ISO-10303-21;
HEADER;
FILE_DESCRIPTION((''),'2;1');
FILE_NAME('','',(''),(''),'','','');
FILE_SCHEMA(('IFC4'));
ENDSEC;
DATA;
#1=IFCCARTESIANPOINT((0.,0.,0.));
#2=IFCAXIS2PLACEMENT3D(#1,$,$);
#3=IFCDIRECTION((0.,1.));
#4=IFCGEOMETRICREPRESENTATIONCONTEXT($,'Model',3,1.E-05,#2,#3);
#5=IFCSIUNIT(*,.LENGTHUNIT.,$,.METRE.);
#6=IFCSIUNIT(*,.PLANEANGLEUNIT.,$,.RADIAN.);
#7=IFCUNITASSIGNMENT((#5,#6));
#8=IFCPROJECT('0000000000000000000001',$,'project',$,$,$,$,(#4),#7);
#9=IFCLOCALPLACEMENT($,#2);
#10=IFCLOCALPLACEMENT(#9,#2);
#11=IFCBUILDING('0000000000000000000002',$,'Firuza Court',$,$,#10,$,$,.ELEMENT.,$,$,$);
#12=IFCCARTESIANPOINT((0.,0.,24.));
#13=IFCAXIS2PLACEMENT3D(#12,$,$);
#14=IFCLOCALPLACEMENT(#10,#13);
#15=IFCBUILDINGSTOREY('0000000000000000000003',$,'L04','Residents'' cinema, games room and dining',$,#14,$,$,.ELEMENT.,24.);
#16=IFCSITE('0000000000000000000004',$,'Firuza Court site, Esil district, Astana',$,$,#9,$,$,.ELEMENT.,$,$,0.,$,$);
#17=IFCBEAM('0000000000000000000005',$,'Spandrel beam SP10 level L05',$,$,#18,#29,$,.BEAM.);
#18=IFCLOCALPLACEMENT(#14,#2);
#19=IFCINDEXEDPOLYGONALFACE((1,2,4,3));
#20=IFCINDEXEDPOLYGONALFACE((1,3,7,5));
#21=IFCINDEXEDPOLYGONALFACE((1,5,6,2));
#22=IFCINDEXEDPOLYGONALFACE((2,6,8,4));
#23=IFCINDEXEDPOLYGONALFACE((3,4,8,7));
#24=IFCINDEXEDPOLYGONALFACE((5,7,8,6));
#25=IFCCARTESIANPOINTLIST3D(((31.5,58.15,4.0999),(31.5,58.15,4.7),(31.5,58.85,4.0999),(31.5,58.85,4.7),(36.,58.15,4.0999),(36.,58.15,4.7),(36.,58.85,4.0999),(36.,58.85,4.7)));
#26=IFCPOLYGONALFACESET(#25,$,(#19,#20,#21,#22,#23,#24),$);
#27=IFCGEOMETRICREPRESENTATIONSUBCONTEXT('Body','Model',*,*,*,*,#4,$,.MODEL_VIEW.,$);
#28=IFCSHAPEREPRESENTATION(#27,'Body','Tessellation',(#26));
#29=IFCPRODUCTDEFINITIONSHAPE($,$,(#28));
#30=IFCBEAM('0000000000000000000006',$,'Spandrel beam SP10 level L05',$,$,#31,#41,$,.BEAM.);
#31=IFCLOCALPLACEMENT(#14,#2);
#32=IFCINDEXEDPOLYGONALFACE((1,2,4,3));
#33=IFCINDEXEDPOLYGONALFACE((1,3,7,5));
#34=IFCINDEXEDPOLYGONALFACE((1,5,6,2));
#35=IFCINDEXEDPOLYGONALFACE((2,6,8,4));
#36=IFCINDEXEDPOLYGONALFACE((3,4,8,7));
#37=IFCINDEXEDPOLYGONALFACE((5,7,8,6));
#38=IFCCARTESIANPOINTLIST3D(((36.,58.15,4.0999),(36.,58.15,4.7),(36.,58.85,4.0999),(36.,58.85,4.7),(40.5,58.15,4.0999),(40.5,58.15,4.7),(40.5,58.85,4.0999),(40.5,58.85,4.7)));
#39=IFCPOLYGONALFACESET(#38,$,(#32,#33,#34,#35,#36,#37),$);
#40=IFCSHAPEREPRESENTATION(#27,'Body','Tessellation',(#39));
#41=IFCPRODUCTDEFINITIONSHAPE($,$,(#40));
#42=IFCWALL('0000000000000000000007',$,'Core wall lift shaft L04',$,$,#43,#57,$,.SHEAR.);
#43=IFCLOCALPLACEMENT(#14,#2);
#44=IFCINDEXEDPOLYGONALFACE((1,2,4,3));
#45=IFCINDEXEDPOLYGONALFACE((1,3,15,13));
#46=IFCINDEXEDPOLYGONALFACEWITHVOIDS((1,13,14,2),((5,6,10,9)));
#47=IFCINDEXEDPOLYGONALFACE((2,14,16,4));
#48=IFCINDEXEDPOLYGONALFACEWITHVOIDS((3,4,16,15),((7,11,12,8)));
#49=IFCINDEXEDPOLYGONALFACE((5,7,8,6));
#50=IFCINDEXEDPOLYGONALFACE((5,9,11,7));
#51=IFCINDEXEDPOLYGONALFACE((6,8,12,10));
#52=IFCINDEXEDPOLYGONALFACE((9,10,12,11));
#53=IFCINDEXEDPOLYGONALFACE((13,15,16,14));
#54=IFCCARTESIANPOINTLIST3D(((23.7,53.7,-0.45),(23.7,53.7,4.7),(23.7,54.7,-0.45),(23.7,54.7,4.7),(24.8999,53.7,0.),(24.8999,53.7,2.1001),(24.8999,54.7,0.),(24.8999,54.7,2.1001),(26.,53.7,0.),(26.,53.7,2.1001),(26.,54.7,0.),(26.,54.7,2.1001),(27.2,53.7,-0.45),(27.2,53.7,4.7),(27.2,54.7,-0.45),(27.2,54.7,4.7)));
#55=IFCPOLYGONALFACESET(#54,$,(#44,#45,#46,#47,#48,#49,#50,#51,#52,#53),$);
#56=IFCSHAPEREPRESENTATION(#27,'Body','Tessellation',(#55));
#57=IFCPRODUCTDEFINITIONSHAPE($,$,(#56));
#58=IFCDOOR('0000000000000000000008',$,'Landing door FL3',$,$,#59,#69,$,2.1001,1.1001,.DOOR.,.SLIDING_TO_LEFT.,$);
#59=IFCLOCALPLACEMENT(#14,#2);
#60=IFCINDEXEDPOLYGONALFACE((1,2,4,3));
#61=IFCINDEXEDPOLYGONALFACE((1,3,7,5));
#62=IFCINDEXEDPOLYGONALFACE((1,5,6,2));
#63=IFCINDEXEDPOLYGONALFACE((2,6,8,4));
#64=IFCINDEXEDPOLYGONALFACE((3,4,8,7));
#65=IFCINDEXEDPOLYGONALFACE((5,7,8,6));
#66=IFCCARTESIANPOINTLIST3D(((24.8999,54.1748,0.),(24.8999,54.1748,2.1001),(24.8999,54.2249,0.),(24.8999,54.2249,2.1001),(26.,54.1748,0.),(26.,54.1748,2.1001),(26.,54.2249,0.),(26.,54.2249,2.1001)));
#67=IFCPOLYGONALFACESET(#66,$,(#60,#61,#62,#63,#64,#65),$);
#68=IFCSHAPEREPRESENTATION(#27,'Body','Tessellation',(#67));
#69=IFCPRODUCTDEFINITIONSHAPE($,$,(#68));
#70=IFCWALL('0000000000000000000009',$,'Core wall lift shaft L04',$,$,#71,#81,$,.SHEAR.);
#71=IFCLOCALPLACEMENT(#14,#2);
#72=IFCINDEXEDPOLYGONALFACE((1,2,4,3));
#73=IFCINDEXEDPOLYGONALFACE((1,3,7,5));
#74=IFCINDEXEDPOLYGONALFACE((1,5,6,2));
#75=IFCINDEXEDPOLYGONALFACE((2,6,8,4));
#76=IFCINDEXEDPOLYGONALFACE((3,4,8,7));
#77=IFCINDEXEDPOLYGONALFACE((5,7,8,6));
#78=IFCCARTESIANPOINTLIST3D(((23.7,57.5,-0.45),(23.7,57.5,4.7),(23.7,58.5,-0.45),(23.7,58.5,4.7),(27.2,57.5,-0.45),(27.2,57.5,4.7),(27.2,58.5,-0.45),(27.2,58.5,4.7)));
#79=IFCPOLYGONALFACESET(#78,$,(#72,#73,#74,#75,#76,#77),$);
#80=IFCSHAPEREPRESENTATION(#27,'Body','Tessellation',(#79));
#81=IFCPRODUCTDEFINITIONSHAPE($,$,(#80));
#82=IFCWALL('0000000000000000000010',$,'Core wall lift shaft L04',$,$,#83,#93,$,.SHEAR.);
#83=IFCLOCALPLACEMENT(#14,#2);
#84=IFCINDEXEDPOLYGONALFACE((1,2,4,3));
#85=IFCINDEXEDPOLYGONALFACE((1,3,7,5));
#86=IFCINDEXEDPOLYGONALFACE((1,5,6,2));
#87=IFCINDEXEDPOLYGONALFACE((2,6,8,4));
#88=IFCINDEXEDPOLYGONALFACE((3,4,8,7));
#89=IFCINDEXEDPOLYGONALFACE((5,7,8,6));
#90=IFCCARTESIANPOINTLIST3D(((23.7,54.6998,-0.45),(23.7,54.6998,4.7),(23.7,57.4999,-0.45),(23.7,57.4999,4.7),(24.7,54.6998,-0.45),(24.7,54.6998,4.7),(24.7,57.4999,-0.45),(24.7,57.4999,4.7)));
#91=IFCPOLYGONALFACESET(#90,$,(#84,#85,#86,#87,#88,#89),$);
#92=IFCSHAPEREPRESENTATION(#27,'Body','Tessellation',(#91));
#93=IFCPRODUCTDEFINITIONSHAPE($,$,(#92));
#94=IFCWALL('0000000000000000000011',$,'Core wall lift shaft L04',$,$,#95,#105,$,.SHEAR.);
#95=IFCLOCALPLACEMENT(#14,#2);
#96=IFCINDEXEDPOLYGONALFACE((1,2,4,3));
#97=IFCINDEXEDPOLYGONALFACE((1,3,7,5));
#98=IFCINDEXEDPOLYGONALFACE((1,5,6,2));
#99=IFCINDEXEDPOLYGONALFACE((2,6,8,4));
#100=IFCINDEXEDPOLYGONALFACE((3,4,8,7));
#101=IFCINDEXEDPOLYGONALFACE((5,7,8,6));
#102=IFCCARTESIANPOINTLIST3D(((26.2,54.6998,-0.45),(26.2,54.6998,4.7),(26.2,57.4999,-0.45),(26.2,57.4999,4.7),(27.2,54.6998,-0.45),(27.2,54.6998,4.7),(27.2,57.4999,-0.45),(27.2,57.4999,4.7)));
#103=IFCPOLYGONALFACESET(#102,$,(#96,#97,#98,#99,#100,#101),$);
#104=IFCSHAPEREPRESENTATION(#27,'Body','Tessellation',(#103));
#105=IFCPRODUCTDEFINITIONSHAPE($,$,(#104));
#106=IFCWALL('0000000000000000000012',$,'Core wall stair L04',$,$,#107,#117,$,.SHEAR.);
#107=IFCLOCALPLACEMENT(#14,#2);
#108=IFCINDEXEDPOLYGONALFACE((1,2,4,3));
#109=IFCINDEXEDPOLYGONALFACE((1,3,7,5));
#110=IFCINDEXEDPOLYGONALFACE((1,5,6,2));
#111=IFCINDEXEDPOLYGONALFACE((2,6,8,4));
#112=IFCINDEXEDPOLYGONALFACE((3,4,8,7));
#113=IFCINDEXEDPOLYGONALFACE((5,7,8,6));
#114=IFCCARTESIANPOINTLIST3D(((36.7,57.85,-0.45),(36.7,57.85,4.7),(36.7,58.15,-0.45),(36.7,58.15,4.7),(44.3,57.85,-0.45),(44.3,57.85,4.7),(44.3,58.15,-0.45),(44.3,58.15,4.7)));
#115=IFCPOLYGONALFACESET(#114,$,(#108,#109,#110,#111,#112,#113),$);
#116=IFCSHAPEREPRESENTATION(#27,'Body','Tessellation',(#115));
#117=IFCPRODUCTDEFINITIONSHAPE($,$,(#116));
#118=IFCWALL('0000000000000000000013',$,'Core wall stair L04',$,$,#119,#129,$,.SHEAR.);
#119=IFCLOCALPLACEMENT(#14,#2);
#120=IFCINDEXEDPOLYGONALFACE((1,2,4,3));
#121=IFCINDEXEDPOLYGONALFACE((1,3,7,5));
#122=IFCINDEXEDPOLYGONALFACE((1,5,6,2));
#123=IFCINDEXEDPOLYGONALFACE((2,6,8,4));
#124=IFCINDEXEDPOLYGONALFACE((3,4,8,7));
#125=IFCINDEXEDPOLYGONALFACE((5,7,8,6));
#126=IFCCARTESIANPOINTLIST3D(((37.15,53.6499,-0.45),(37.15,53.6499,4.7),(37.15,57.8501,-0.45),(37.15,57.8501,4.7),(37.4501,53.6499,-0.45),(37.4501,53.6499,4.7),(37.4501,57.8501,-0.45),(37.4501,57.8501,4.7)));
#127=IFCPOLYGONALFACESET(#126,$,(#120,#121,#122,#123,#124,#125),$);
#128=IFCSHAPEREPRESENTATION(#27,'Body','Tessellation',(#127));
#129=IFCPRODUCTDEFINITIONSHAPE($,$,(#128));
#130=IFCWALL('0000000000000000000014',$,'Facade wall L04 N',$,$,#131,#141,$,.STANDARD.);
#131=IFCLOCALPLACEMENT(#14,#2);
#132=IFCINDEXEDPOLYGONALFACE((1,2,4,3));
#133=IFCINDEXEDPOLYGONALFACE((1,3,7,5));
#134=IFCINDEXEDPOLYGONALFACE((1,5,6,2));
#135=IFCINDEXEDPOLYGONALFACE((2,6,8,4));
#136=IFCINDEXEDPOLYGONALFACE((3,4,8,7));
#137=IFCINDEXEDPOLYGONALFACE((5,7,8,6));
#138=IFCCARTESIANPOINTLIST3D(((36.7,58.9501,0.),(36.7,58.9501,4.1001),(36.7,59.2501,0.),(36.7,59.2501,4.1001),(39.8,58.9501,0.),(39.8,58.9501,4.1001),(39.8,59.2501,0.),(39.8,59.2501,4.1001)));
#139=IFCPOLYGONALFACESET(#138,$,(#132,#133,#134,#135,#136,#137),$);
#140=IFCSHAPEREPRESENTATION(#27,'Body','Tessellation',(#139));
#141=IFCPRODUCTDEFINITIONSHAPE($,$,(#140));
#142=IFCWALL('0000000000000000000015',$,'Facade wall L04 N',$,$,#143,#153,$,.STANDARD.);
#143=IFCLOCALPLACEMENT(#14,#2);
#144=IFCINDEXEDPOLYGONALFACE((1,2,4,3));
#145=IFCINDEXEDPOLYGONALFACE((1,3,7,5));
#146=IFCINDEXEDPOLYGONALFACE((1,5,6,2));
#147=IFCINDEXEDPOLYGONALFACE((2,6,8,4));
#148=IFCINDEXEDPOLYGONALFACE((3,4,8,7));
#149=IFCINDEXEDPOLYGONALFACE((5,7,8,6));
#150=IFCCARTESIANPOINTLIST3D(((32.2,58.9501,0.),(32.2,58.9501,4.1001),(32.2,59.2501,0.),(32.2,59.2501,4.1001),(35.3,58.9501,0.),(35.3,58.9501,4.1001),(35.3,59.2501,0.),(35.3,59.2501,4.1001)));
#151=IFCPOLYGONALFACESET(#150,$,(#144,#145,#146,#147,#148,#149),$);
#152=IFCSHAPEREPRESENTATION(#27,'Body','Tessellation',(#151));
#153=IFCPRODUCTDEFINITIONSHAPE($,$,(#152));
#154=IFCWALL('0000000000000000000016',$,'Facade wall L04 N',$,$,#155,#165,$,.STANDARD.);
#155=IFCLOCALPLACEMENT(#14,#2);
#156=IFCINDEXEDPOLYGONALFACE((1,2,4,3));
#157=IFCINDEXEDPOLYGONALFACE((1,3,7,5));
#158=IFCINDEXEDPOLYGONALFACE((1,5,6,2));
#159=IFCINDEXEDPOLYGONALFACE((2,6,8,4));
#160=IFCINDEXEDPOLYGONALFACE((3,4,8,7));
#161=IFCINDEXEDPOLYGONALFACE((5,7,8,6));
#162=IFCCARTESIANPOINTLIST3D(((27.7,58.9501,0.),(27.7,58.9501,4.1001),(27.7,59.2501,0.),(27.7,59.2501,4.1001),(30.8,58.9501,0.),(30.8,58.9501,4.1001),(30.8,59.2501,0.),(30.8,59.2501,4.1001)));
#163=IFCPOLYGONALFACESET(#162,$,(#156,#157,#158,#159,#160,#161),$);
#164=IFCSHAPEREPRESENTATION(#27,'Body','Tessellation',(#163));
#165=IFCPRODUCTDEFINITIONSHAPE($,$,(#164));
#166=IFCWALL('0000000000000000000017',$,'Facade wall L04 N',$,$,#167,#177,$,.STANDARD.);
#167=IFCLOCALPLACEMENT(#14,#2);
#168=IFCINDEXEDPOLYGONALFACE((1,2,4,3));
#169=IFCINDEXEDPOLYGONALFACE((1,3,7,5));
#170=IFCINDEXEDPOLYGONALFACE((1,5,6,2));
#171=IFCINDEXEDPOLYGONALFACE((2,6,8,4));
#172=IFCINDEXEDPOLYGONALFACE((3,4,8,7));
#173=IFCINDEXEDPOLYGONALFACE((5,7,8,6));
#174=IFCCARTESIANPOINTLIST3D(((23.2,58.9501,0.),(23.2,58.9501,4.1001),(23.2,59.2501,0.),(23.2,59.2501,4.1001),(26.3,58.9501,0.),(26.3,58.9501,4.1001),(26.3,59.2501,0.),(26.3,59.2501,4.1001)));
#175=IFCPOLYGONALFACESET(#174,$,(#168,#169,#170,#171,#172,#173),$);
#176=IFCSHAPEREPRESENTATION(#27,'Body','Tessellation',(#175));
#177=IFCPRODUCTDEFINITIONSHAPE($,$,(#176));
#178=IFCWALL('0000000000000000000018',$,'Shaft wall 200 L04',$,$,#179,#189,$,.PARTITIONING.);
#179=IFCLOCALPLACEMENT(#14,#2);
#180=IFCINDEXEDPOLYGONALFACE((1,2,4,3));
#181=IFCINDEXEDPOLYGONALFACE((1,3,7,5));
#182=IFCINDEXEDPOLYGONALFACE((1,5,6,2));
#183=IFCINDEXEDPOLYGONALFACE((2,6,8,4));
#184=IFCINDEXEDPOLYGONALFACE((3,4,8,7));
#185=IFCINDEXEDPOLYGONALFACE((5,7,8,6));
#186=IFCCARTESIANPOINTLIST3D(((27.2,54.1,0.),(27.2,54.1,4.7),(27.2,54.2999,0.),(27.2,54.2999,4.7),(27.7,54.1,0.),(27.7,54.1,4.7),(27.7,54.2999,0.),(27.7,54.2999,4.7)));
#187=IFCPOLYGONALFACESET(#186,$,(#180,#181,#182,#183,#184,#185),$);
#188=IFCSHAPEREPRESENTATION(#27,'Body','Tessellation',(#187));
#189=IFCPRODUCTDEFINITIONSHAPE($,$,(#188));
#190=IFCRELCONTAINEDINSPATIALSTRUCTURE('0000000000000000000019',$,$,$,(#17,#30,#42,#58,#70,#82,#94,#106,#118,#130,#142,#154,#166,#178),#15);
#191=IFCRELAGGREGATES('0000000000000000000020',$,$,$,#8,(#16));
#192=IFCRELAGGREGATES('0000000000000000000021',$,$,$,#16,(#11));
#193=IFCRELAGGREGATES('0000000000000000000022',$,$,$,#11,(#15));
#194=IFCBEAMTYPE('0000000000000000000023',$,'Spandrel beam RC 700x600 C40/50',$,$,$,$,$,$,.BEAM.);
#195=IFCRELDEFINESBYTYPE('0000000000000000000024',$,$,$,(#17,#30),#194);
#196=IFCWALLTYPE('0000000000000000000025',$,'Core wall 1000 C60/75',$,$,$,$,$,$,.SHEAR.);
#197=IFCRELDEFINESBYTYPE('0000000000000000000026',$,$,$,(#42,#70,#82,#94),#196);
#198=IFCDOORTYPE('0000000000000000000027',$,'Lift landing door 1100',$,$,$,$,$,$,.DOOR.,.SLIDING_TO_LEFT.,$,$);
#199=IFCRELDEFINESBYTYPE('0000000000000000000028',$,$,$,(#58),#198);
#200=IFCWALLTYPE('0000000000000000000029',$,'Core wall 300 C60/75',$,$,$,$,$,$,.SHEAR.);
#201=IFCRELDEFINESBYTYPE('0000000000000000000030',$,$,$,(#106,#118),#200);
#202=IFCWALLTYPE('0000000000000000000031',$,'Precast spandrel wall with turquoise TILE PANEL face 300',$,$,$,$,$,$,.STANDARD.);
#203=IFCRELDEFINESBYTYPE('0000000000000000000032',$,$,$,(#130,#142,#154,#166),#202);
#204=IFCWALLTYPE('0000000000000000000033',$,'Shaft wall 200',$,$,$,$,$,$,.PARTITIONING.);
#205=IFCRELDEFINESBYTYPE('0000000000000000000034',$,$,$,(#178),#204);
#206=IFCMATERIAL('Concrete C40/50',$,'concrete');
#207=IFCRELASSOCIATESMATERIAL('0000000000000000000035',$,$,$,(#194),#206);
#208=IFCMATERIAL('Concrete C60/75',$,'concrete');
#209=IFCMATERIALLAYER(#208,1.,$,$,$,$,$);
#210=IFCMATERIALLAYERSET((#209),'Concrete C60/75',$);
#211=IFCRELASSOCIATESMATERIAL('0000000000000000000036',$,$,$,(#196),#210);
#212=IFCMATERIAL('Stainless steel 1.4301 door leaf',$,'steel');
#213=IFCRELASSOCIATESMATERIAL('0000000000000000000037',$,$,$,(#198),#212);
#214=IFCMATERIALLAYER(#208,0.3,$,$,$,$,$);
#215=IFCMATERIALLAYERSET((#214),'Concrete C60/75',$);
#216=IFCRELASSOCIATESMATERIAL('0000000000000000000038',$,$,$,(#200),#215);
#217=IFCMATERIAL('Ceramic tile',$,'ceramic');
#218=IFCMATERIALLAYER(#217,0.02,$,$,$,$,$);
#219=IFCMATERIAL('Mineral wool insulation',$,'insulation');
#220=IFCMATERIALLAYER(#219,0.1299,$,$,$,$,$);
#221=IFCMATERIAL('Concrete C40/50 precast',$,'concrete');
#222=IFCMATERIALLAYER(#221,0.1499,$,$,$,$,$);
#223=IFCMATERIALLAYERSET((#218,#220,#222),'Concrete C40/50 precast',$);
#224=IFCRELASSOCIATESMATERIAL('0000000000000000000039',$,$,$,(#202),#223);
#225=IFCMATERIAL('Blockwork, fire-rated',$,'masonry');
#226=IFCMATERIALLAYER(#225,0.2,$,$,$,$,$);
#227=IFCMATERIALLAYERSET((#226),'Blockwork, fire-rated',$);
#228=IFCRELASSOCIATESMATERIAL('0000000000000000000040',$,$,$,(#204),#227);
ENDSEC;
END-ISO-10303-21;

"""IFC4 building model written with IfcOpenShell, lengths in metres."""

from ifc_helpers import new_model, si_unit, direction, frame, frame_2d, origin, origin_2d, place, context, subcontext, project, spatial, rectangle, extrude, material, layer, layer_set, material_profile, profile_set, type_object, element, fill, save


model = new_model("IFC4")

# Units and contexts
model_context = context("Model", 3, precision=1e-05, world=origin(), true_north=direction((0.0, 1.0)))
body_context = subcontext(model_context, "Body", "Model", "MODEL_VIEW")
ifc_project = project(units=[si_unit("LENGTHUNIT", "METRE"), si_unit("PLANEANGLEUNIT", "RADIAN")], contexts=[model_context])

# Site, building, storey
site_placement = place(None, origin())
site = spatial("IfcSite", under=ifc_project, at=site_placement, Name="Firuza Court site, Esil district, Astana", CompositionType="ELEMENT", RefElevation=0.0)
building_placement = place(site_placement, origin())
building = spatial("IfcBuilding", under=site, at=building_placement, Name="Firuza Court", CompositionType="ELEMENT")
storey_placement = place(building_placement, frame((0.0, 0.0, 24.0)))
storey = spatial("IfcBuildingStorey", under=building, at=storey_placement, Name="L04", Description="Residents' cinema, games room and dining", CompositionType="ELEMENT", Elevation=24.0)

# Beams
ifc_material_1 = material(Name="Concrete C40/50", Category="concrete")
ifc_material_profile_1 = material_profile(ifc_material_1, rectangle(XDim=0.7, YDim=0.6001, at=origin_2d()), Name="RC 700x600")
ifc_profile_set_1 = profile_set([ifc_material_profile_1], Name="Concrete C40/50")
beam_type = type_object("IfcBeamType", Name="Spandrel beam RC 700x600 C40/50", PredefinedType="BEAM", material=ifc_profile_set_1)
for number, where, z_axis, x_axis, name in (
    (1, (36.0, 58.5, 4.3999), (-1.0, 0.0, 0.0), (0.0, -1.0, 0.0), "Spandrel beam SP10 level L05"),
    (2, (40.5, 58.5, 4.3999), (-1.0, 0.0, 0.0), (0.0, -1.0, 0.0), "Spandrel beam SP10 level L05"),
):
    element("IfcBeam", number, at=place(storey_placement, frame(where, z_axis=z_axis, x_axis=x_axis)), inside=storey, type_object=beam_type, Name=name, PredefinedType="BEAM", context=body_context, shape_type="SweptSolid", body=[
        extrude(rectangle(XDim=0.7, YDim=0.6001, at=origin_2d()), origin(), (0.0, 0.0, 1.0), 4.5),
    ])

# Wall, opening, door
ifc_material_2 = material(Name="Concrete C60/75", Category="concrete")
ifc_layer_1 = layer(ifc_material_2, 1.0)
ifc_layer_set_1 = layer_set([ifc_layer_1], Name="Concrete C60/75")
wall_type_1 = type_object("IfcWallType", Name="Core wall 1000 C60/75", PredefinedType="SHEAR", material=ifc_layer_set_1)
wall_1_placement = place(storey_placement, frame((23.7, 54.2, -0.45), z_axis=(0.0, 0.0, 1.0), x_axis=(1.0, 0.0, 0.0)))
wall_1 = element("IfcWall", 3, at=wall_1_placement, inside=storey, type_object=wall_type_1, Name="Core wall lift shaft L04", PredefinedType="SHEAR", context=body_context, shape_type="SweptSolid", body=[
    extrude(rectangle(XDim=3.5, YDim=1.0, at=frame_2d((1.75, 0.0))), origin(), (0.0, 0.0, 1.0), 5.1499),
])
opening_placement = place(wall_1_placement, frame((1.2, 0.0, 0.45)))
opening = element("IfcOpeningElement", 4, at=opening_placement, cuts=wall_1, PredefinedType="OPENING", context=body_context, shape_type="SweptSolid", body=[
    extrude(rectangle(XDim=1.1001, YDim=2.1001, at=frame_2d((0.55, 1.05))), frame((0.0, 0.512, 0.0), z_axis=(0.0, -1.0, 0.0), x_axis=(1.0, 0.0, 0.0)), (0.0, 0.0, 1.0), 1.0239),
])
ifc_material_3 = material(Name="Stainless steel 1.4301 door leaf", Category="steel")
door_type = type_object("IfcDoorType", Name="Lift landing door 1100", OperationType="SLIDING_TO_LEFT", PredefinedType="DOOR", material=ifc_material_3)
door_placement = place(opening_placement, origin())
door = element("IfcDoor", 5, at=door_placement, inside=storey, type_object=door_type, Name="Landing door FL3", OperationType="SLIDING_TO_LEFT", OverallHeight=2.1001, OverallWidth=1.1001, PredefinedType="DOOR", context=body_context, shape_type="SweptSolid", body=[
    extrude(rectangle(XDim=1.1001, YDim=2.1001, at=frame_2d((0.55, 1.05))), frame((0.0, 0.0249, 0.0), z_axis=(0.0, -1.0, 0.0), x_axis=(1.0, 0.0, 0.0)), (0.0, 0.0, 1.0), 0.05),
])
fill(opening, door)

# Walls
wall_2_placement = place(storey_placement, frame((23.7, 58.0, -0.45), z_axis=(0.0, 0.0, 1.0), x_axis=(1.0, 0.0, 0.0)))
element("IfcWall", 6, at=wall_2_placement, inside=storey, type_object=wall_type_1, Name="Core wall lift shaft L04", PredefinedType="SHEAR", context=body_context, shape_type="SweptSolid", body=[
    extrude(rectangle(XDim=3.5, YDim=1.0, at=frame_2d((1.75, 0.0))), origin(), (0.0, 0.0, 1.0), 5.1499),
])
for number, where, z_axis, x_axis, name in (
    (7, (24.2, 54.7, -0.45), (0.0, 0.0, 1.0), (0.0, 1.0, 0.0), "Core wall lift shaft L04"),
    (8, (26.7, 54.7, -0.45), (0.0, 0.0, 1.0), (0.0, 1.0, 0.0), "Core wall lift shaft L04"),
):
    element("IfcWall", number, at=place(storey_placement, frame(where, z_axis=z_axis, x_axis=x_axis)), inside=storey, type_object=wall_type_1, Name=name, PredefinedType="SHEAR", context=body_context, shape_type="SweptSolid", body=[
        extrude(rectangle(XDim=2.8, YDim=1.0, at=frame_2d((1.3999, 0.0))), origin(), (0.0, 0.0, 1.0), 5.1499),
    ])
ifc_layer_2 = layer(ifc_material_2, 0.3)
ifc_layer_set_2 = layer_set([ifc_layer_2], Name="Concrete C60/75")
wall_type_2 = type_object("IfcWallType", Name="Core wall 300 C60/75", PredefinedType="SHEAR", material=ifc_layer_set_2)
wall_3_placement = place(storey_placement, frame((36.7, 58.0, -0.45), z_axis=(0.0, 0.0, 1.0), x_axis=(1.0, 0.0, 0.0)))
element("IfcWall", 9, at=wall_3_placement, inside=storey, type_object=wall_type_2, Name="Core wall stair L04", PredefinedType="SHEAR", context=body_context, shape_type="SweptSolid", body=[
    extrude(rectangle(XDim=7.6001, YDim=0.3, at=frame_2d((3.8, 0.0))), origin(), (0.0, 0.0, 1.0), 5.1499),
])
wall_4_placement = place(storey_placement, frame((37.3, 53.6499, -0.45), z_axis=(0.0, 0.0, 1.0), x_axis=(0.0, 1.0, 0.0)))
element("IfcWall", 10, at=wall_4_placement, inside=storey, type_object=wall_type_2, Name="Core wall stair L04", PredefinedType="SHEAR", context=body_context, shape_type="SweptSolid", body=[
    extrude(rectangle(XDim=4.2002, YDim=0.3, at=frame_2d((2.1001, 0.0))), origin(), (0.0, 0.0, 1.0), 5.1499),
])
ifc_material_4 = material(Name="Ceramic tile", Category="ceramic")
ifc_layer_3 = layer(ifc_material_4, 0.02)
ifc_material_5 = material(Name="Mineral wool insulation", Category="insulation")
ifc_layer_4 = layer(ifc_material_5, 0.1299)
ifc_material_6 = material(Name="Concrete C40/50 precast", Category="concrete")
ifc_layer_5 = layer(ifc_material_6, 0.1499)
ifc_layer_set_3 = layer_set([ifc_layer_3, ifc_layer_4, ifc_layer_5], Name="Concrete C40/50 precast")
wall_type_3 = type_object("IfcWallType", Name="Precast spandrel wall with turquoise TILE PANEL face 300", PredefinedType="STANDARD", material=ifc_layer_set_3)
for number, where, z_axis, x_axis, name in (
    (11, (39.8, 59.1001, 0.0), (0.0, 0.0, 1.0), (-1.0, 0.0, 0.0), "Facade wall L04 N"),
    (12, (35.3, 59.1001, 0.0), (0.0, 0.0, 1.0), (-1.0, 0.0, 0.0), "Facade wall L04 N"),
    (13, (30.8, 59.1001, 0.0), (0.0, 0.0, 1.0), (-1.0, 0.0, 0.0), "Facade wall L04 N"),
    (14, (26.3, 59.1001, 0.0), (0.0, 0.0, 1.0), (-1.0, 0.0, 0.0), "Facade wall L04 N"),
):
    element("IfcWall", number, at=place(storey_placement, frame(where, z_axis=z_axis, x_axis=x_axis)), inside=storey, type_object=wall_type_3, Name=name, PredefinedType="STANDARD", context=body_context, shape_type="SweptSolid", body=[
        extrude(rectangle(XDim=3.1001, YDim=0.3, at=frame_2d((1.55, 0.0))), origin(), (0.0, 0.0, 1.0), 4.1001),
    ])
ifc_material_7 = material(Name="Blockwork, fire-rated", Category="masonry")
ifc_layer_6 = layer(ifc_material_7, 0.2)
ifc_layer_set_4 = layer_set([ifc_layer_6], Name="Blockwork, fire-rated")
wall_type_4 = type_object("IfcWallType", Name="Shaft wall 200", PredefinedType="PARTITIONING", material=ifc_layer_set_4)
wall_5_placement = place(storey_placement, frame((27.2, 54.2, 0.0), z_axis=(0.0, 0.0, 1.0), x_axis=(1.0, 0.0, 0.0)))
element("IfcWall", 15, at=wall_5_placement, inside=storey, type_object=wall_type_4, Name="Shaft wall 200 L04", PredefinedType="PARTITIONING", context=body_context, shape_type="SweptSolid", body=[
    extrude(rectangle(XDim=0.5, YDim=0.2, at=frame_2d((0.25, 0.0))), origin(), (0.0, 0.0, 1.0), 4.7),
])

save(model, "model.ifc")
